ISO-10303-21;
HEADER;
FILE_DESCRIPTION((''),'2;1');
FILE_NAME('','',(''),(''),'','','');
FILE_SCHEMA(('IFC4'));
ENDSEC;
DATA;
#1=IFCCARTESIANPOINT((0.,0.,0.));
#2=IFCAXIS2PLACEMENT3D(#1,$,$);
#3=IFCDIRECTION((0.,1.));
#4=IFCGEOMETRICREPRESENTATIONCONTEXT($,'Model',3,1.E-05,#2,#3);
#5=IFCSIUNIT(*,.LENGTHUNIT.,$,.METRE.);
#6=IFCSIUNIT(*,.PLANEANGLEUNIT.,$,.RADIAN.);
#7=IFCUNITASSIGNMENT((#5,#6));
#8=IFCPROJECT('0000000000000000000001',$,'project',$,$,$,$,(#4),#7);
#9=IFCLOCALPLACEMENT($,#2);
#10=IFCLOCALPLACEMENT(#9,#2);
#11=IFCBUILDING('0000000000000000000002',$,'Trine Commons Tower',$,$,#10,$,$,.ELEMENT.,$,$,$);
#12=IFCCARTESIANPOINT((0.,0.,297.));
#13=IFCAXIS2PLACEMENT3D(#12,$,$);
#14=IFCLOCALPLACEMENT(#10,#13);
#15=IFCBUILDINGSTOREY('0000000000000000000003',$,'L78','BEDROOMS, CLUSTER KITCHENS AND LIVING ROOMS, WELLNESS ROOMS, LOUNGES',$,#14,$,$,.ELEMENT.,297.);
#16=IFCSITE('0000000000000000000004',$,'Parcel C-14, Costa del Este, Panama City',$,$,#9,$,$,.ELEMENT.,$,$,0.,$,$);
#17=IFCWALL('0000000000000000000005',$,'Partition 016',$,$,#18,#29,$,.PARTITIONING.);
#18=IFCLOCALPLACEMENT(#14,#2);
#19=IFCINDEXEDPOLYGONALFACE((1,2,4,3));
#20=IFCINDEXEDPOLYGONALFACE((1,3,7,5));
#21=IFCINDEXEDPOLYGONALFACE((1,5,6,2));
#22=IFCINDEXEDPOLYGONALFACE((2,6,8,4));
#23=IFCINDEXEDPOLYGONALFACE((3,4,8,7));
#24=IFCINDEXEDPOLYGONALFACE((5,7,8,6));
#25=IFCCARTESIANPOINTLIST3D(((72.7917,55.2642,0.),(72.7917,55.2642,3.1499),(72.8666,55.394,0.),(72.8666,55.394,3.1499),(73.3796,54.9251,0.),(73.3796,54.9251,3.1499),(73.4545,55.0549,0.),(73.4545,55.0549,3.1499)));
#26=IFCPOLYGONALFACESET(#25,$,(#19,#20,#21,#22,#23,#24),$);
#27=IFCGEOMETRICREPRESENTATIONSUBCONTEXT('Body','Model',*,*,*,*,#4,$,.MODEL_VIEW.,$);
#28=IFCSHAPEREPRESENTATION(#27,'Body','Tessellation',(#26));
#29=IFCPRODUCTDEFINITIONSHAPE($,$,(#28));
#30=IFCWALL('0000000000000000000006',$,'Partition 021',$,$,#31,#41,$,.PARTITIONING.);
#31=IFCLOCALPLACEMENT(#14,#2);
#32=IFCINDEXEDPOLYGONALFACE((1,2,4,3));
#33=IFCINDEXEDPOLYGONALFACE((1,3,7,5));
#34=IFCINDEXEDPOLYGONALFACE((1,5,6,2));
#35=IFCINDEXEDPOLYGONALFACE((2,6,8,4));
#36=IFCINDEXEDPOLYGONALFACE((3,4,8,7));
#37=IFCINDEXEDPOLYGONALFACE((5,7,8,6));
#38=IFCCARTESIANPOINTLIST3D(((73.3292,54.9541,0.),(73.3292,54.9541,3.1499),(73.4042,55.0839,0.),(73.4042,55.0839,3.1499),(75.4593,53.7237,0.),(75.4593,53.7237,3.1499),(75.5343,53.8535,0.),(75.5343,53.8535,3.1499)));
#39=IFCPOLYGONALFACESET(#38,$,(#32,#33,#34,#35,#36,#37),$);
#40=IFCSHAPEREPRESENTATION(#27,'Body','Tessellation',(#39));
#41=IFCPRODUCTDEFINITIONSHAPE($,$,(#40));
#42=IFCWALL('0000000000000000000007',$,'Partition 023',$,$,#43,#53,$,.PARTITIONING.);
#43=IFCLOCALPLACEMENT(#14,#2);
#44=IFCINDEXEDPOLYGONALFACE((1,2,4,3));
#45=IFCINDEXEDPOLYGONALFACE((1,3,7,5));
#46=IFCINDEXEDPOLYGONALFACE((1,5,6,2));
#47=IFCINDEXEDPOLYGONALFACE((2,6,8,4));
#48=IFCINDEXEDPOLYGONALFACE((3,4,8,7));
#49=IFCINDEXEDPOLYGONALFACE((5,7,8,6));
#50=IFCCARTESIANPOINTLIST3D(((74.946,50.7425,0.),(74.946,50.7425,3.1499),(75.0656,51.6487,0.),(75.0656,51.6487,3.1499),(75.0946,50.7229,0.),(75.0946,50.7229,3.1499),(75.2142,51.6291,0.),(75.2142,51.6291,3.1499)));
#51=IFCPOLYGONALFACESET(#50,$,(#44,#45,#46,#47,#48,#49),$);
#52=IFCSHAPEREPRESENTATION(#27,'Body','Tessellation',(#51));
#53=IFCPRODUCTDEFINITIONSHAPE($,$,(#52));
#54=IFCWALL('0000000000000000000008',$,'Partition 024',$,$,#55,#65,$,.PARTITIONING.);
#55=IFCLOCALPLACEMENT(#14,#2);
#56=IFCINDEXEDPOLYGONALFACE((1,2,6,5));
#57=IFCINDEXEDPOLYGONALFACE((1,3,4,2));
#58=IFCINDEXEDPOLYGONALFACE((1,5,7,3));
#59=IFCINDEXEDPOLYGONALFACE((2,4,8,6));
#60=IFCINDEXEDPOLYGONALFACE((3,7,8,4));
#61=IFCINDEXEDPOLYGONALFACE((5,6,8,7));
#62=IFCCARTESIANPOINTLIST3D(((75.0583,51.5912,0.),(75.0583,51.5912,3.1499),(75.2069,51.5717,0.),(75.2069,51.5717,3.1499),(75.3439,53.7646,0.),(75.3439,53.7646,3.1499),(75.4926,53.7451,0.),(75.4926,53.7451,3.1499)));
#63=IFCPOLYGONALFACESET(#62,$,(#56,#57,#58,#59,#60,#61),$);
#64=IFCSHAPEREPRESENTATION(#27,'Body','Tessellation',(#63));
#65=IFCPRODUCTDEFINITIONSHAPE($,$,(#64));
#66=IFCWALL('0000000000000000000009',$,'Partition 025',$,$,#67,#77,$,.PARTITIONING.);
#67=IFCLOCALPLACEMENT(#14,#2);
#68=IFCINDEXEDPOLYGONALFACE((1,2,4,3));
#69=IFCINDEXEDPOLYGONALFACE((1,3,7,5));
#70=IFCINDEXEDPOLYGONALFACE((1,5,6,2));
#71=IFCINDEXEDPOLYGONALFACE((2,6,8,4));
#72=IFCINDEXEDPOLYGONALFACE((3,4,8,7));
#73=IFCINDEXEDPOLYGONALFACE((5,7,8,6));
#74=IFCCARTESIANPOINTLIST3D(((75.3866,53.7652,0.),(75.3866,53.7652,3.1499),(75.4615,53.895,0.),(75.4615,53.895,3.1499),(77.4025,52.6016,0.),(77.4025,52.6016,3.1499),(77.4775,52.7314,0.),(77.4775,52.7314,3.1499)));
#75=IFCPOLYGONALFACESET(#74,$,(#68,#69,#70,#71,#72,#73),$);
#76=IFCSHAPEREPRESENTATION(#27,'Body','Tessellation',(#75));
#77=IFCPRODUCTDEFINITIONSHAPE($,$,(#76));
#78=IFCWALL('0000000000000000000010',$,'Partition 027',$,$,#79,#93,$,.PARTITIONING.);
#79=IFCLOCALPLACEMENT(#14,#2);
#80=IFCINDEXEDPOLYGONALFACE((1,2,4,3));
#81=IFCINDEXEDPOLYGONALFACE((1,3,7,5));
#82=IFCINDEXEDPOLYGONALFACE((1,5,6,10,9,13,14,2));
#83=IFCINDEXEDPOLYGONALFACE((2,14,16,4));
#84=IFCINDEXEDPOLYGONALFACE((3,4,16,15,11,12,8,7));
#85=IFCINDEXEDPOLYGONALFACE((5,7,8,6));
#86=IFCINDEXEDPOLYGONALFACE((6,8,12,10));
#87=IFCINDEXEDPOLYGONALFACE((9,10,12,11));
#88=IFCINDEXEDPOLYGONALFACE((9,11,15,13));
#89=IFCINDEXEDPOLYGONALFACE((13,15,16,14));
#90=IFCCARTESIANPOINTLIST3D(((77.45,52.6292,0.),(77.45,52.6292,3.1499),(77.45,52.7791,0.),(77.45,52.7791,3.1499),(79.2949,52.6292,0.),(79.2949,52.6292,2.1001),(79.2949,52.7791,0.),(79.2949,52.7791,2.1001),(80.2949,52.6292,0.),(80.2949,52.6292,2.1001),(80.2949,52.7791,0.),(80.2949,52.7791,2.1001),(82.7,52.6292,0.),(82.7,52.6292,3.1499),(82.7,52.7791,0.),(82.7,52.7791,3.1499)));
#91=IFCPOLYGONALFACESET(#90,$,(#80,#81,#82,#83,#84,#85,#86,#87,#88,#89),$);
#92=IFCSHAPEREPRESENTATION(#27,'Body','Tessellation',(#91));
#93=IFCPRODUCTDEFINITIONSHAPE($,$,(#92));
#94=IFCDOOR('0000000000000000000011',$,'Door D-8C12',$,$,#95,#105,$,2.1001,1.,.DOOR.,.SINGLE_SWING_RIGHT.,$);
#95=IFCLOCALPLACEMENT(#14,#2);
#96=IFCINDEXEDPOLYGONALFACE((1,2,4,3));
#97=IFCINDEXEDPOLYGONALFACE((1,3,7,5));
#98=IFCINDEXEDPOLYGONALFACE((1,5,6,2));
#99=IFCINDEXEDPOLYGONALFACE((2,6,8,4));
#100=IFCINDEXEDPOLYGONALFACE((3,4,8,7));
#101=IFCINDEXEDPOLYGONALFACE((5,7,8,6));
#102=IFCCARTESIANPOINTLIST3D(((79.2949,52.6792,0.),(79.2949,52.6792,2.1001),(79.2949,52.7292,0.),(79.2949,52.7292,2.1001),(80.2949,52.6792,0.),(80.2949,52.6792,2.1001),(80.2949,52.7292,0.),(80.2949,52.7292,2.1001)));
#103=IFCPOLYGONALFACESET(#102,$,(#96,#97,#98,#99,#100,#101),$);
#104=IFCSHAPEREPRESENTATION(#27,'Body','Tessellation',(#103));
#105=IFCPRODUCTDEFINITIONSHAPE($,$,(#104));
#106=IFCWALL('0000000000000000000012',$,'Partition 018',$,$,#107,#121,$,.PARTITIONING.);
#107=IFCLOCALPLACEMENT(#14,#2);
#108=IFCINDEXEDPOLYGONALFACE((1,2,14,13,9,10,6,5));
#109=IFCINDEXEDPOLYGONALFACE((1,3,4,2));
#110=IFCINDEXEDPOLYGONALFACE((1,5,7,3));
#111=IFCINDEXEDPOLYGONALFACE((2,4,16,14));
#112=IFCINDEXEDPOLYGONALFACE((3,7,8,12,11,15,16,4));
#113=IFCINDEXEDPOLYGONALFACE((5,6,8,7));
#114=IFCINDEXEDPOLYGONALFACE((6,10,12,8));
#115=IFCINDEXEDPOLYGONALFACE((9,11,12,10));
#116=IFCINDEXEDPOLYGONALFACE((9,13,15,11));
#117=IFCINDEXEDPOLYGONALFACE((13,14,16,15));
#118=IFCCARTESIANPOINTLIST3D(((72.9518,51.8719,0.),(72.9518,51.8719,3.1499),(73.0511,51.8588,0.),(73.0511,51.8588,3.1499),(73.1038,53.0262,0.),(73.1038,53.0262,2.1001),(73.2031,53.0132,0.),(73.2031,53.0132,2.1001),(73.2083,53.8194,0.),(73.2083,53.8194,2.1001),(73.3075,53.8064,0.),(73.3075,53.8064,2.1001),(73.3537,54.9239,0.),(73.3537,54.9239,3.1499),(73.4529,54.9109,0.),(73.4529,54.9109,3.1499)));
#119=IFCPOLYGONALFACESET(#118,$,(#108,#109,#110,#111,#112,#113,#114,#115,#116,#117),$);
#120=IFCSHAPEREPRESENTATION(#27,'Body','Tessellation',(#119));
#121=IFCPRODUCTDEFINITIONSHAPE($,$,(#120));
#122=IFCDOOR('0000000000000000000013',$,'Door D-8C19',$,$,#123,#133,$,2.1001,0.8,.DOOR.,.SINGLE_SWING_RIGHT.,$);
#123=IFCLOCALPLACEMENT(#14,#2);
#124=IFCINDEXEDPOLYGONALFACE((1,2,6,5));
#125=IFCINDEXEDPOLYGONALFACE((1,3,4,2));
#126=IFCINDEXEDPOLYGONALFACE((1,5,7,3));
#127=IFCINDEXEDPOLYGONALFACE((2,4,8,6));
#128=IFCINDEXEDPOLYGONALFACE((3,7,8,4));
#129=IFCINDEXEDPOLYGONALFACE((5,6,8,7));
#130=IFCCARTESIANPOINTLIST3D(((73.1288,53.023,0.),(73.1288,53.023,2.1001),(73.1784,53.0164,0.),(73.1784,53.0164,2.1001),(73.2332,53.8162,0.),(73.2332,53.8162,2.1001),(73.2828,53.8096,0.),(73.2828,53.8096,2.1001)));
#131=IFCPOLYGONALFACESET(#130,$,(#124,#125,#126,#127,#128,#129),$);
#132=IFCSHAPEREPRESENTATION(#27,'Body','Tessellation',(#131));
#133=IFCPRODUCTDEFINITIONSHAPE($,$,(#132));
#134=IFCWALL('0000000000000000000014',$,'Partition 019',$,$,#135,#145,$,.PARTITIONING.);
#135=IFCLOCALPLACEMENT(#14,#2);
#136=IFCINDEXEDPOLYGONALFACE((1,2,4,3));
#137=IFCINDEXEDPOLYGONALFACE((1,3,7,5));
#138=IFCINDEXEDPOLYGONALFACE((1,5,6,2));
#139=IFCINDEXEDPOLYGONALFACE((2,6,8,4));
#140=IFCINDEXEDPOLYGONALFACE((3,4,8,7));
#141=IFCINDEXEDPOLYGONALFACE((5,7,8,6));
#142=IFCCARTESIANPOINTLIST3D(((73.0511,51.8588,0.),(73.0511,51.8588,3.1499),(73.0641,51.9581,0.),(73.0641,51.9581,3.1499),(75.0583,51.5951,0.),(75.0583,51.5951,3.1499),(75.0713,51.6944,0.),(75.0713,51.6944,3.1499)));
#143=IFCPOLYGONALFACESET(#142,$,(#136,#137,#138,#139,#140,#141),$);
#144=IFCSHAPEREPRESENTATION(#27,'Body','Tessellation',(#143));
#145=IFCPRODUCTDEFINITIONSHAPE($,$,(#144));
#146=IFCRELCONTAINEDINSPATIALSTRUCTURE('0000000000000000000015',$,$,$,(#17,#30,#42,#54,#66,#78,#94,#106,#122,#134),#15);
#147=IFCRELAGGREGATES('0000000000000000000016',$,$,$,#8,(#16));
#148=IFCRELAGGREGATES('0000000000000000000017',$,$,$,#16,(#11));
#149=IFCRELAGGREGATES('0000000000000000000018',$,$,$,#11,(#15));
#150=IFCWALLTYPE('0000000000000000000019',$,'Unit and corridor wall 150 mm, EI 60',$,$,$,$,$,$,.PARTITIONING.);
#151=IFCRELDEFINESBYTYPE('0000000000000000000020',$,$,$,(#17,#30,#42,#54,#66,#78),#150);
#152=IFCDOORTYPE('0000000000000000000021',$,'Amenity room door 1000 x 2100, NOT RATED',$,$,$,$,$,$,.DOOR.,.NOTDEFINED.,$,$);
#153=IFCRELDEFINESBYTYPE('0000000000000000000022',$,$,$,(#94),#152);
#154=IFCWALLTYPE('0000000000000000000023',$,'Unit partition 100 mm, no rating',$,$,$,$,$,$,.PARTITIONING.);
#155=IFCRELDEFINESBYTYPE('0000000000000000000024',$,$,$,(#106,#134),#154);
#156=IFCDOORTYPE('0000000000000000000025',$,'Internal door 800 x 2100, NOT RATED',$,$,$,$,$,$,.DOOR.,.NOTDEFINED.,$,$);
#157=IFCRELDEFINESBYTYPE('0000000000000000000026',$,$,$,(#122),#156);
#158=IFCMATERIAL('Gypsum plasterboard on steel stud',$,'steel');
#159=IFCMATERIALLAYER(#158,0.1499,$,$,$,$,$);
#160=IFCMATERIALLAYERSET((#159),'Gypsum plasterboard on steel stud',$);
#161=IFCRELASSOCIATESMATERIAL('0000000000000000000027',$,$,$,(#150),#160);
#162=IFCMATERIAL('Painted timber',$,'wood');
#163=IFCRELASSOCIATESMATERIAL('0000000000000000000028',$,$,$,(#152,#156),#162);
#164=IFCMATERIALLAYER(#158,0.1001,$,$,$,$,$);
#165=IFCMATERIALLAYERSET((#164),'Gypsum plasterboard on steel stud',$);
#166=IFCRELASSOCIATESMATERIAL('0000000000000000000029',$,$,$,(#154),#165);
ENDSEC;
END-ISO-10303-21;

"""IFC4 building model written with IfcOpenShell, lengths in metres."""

from ifc_helpers import new_model, si_unit, direction, frame, frame_2d, origin, place, context, subcontext, project, spatial, rectangle, extrude, material, layer, layer_set, type_object, element, fill, save


model = new_model("IFC4")

# Units and contexts
model_context = context("Model", 3, precision=1e-05, world=origin(), true_north=direction((0.0, 1.0)))
body_context = subcontext(model_context, "Body", "Model", "MODEL_VIEW")
ifc_project = project(units=[si_unit("LENGTHUNIT", "METRE"), si_unit("PLANEANGLEUNIT", "RADIAN")], contexts=[model_context])

# Site, building, storey
site_placement = place(None, origin())
site = spatial("IfcSite", under=ifc_project, at=site_placement, Name="Parcel C-14, Costa del Este, Panama City", CompositionType="ELEMENT", RefElevation=0.0)
building_placement = place(site_placement, origin())
building = spatial("IfcBuilding", under=site, at=building_placement, Name="Trine Commons Tower", CompositionType="ELEMENT")
storey_placement = place(building_placement, frame((0.0, 0.0, 297.0)))
storey = spatial("IfcBuildingStorey", under=building, at=storey_placement, Name="L78", Description="BEDROOMS, CLUSTER KITCHENS AND LIVING ROOMS, WELLNESS ROOMS, LOUNGES", CompositionType="ELEMENT", Elevation=297.0)

# Shared definitions
ifc_material_1 = material(Name="Gypsum plasterboard on steel stud", Category="steel")
ifc_layer_1 = layer(ifc_material_1, 0.1499)
ifc_layer_set_1 = layer_set([ifc_layer_1], Name="Gypsum plasterboard on steel stud")
wall_type_1 = type_object("IfcWallType", Name="Unit and corridor wall 150 mm, EI 60", PredefinedType="PARTITIONING", material=ifc_layer_set_1)

# Walls
wall_1_placement = place(storey_placement, frame((72.8291, 55.3291, 0.0), z_axis=(0.0, 0.0, 1.0), x_axis=(0.866222, -0.49966, 0.0)))
element("IfcWall", 1, at=wall_1_placement, inside=storey, type_object=wall_type_1, Name="Partition 016", PredefinedType="PARTITIONING", context=body_context, shape_type="SweptSolid", body=[
    extrude(rectangle(XDim=0.6787, YDim=0.1499, at=frame_2d((0.3394, 0.0))), origin(), (0.0, 0.0, 1.0), 3.1499),
])
wall_2_placement = place(storey_placement, frame((73.3667, 55.019, 0.0), z_axis=(0.0, 0.0, 1.0), x_axis=(0.865913, -0.500195, 0.0)))
element("IfcWall", 2, at=wall_2_placement, inside=storey, type_object=wall_type_1, Name="Partition 021", PredefinedType="PARTITIONING", context=body_context, shape_type="SweptSolid", body=[
    extrude(rectangle(XDim=2.46, YDim=0.1499, at=frame_2d((1.23, 0.0))), origin(), (0.0, 0.0, 1.0), 3.1499),
])
wall_3_placement = place(storey_placement, frame((75.0203, 50.7327, 0.0), z_axis=(0.0, 0.0, 1.0), x_axis=(0.130869, 0.9914, 0.0)))
element("IfcWall", 3, at=wall_3_placement, inside=storey, type_object=wall_type_1, Name="Partition 023", PredefinedType="PARTITIONING", context=body_context, shape_type="SweptSolid", body=[
    extrude(rectangle(XDim=0.9141, YDim=0.1499, at=frame_2d((0.457, 0.0))), origin(), (0.0, 0.0, 1.0), 3.1499),
])
wall_4_placement = place(storey_placement, frame((75.1326, 51.5813, 0.0), z_axis=(0.0, 0.0, 1.0), x_axis=(0.13031, 0.991473, 0.0)))
element("IfcWall", 4, at=wall_4_placement, inside=storey, type_object=wall_type_1, Name="Partition 024", PredefinedType="PARTITIONING", context=body_context, shape_type="SweptSolid", body=[
    extrude(rectangle(XDim=2.1921, YDim=0.1499, at=frame_2d((1.0962, 0.0))), origin(), (0.0, 0.0, 1.0), 3.1499),
])
wall_5_placement = place(storey_placement, frame((75.4241, 53.8301, 0.0), z_axis=(0.0, 0.0, 1.0), x_axis=(0.866079, -0.499907, 0.0)))
element("IfcWall", 5, at=wall_5_placement, inside=storey, type_object=wall_type_1, Name="Partition 025", PredefinedType="PARTITIONING", context=body_context, shape_type="SweptSolid", body=[
    extrude(rectangle(XDim=2.3276, YDim=0.1499, at=frame_2d((1.1638, 0.0))), origin(), (0.0, 0.0, 1.0), 3.1499),
])

# Walls, openings, doors
wall_6_placement = place(storey_placement, frame((77.45, 52.7041, 0.0), z_axis=(0.0, 0.0, 1.0), x_axis=(1.0, 0.0, 0.0)))
wall_6 = element("IfcWall", 6, at=wall_6_placement, inside=storey, type_object=wall_type_1, Name="Partition 027", PredefinedType="PARTITIONING", context=body_context, shape_type="SweptSolid", body=[
    extrude(rectangle(XDim=5.25, YDim=0.1499, at=frame_2d((2.625, 0.0))), origin(), (0.0, 0.0, 1.0), 3.1499),
])
opening_1_placement = place(wall_6_placement, frame((1.845, 0.0, 0.0)))
opening_1 = element("IfcOpeningElement", 7, at=opening_1_placement, cuts=wall_6, PredefinedType="OPENING", context=body_context, shape_type="SweptSolid", body=[
    extrude(rectangle(XDim=1.0, YDim=2.1001, at=frame_2d((0.5, 1.05))), frame((0.0, 0.085, 0.0), z_axis=(0.0, -1.0, 0.0), x_axis=(1.0, 0.0, 0.0)), (0.0, 0.0, 1.0), 0.1699),
])
ifc_material_2 = material(Name="Painted timber", Category="wood")
door_type_1 = type_object("IfcDoorType", Name="Amenity room door 1000 x 2100, NOT RATED", OperationType="NOTDEFINED", PredefinedType="DOOR", material=ifc_material_2)
door_1_placement = place(opening_1_placement, frame((1.0, 0.0, 0.0), z_axis=(0.0, 0.0, 1.0), x_axis=(-1.0, 0.0, 0.0)))
door_1 = element("IfcDoor", 8, at=door_1_placement, inside=storey, type_object=door_type_1, Name="Door D-8C12", OperationType="SINGLE_SWING_RIGHT", OverallHeight=2.1001, OverallWidth=1.0, PredefinedType="DOOR", context=body_context, shape_type="SweptSolid", body=[
    extrude(rectangle(XDim=1.0, YDim=2.1001, at=frame_2d((0.5, 1.05))), frame((0.0, 0.0249, 0.0), z_axis=(0.0, -1.0, 0.0), x_axis=(1.0, 0.0, 0.0)), (0.0, 0.0, 1.0), 0.05),
])
fill(opening_1, door_1)
ifc_layer_2 = layer(ifc_material_1, 0.1001)
ifc_layer_set_2 = layer_set([ifc_layer_2], Name="Gypsum plasterboard on steel stud")
wall_type_2 = type_object("IfcWallType", Name="Unit partition 100 mm, no rating", PredefinedType="PARTITIONING", material=ifc_layer_set_2)
wall_7_placement = place(storey_placement, frame((73.0015, 51.8655, 0.0), z_axis=(0.0, 0.0, 1.0), x_axis=(0.130543, 0.991443, 0.0)))
wall_7 = element("IfcWall", 9, at=wall_7_placement, inside=storey, type_object=wall_type_2, Name="Partition 018", PredefinedType="PARTITIONING", context=body_context, shape_type="SweptSolid", body=[
    extrude(rectangle(XDim=3.0784, YDim=0.1001, at=frame_2d((1.5391, 0.0))), origin(), (0.0, 0.0, 1.0), 3.1499),
])
opening_2_placement = place(wall_7_placement, frame((1.1643, 0.0, 0.0)))
opening_2 = element("IfcOpeningElement", 10, at=opening_2_placement, cuts=wall_7, PredefinedType="OPENING", context=body_context, shape_type="SweptSolid", body=[
    extrude(rectangle(XDim=0.8, YDim=2.1001, at=frame_2d((0.3999, 1.05))), frame((0.0, 0.0601, 0.0), z_axis=(0.0, -1.0, 0.0), x_axis=(1.0, 0.0, 0.0)), (0.0, 0.0, 1.0), 0.1201),
])
door_type_2 = type_object("IfcDoorType", Name="Internal door 800 x 2100, NOT RATED", OperationType="NOTDEFINED", PredefinedType="DOOR", material=ifc_material_2)
door_2_placement = place(opening_2_placement, origin())
door_2 = element("IfcDoor", 11, at=door_2_placement, inside=storey, type_object=door_type_2, Name="Door D-8C19", OperationType="SINGLE_SWING_RIGHT", OverallHeight=2.1001, OverallWidth=0.8, PredefinedType="DOOR", context=body_context, shape_type="SweptSolid", body=[
    extrude(rectangle(XDim=0.8, YDim=2.1001, at=frame_2d((0.3999, 1.05))), frame((0.0, 0.0249, 0.0), z_axis=(0.0, -1.0, 0.0), x_axis=(1.0, 0.0, 0.0)), (0.0, 0.0, 1.0), 0.05),
])
fill(opening_2, door_2)

# Wall
wall_8_placement = place(storey_placement, frame((73.0576, 51.9084, 0.0), z_axis=(0.0, 0.0, 1.0), x_axis=(0.991481, -0.130252, 0.0)))
element("IfcWall", 12, at=wall_8_placement, inside=storey, type_object=wall_type_2, Name="Partition 019", PredefinedType="PARTITIONING", context=body_context, shape_type="SweptSolid", body=[
    extrude(rectangle(XDim=2.0244, YDim=0.1001, at=frame_2d((1.0122, 0.0))), origin(), (0.0, 0.0, 1.0), 3.1499),
])

save(model, "model.ifc")
